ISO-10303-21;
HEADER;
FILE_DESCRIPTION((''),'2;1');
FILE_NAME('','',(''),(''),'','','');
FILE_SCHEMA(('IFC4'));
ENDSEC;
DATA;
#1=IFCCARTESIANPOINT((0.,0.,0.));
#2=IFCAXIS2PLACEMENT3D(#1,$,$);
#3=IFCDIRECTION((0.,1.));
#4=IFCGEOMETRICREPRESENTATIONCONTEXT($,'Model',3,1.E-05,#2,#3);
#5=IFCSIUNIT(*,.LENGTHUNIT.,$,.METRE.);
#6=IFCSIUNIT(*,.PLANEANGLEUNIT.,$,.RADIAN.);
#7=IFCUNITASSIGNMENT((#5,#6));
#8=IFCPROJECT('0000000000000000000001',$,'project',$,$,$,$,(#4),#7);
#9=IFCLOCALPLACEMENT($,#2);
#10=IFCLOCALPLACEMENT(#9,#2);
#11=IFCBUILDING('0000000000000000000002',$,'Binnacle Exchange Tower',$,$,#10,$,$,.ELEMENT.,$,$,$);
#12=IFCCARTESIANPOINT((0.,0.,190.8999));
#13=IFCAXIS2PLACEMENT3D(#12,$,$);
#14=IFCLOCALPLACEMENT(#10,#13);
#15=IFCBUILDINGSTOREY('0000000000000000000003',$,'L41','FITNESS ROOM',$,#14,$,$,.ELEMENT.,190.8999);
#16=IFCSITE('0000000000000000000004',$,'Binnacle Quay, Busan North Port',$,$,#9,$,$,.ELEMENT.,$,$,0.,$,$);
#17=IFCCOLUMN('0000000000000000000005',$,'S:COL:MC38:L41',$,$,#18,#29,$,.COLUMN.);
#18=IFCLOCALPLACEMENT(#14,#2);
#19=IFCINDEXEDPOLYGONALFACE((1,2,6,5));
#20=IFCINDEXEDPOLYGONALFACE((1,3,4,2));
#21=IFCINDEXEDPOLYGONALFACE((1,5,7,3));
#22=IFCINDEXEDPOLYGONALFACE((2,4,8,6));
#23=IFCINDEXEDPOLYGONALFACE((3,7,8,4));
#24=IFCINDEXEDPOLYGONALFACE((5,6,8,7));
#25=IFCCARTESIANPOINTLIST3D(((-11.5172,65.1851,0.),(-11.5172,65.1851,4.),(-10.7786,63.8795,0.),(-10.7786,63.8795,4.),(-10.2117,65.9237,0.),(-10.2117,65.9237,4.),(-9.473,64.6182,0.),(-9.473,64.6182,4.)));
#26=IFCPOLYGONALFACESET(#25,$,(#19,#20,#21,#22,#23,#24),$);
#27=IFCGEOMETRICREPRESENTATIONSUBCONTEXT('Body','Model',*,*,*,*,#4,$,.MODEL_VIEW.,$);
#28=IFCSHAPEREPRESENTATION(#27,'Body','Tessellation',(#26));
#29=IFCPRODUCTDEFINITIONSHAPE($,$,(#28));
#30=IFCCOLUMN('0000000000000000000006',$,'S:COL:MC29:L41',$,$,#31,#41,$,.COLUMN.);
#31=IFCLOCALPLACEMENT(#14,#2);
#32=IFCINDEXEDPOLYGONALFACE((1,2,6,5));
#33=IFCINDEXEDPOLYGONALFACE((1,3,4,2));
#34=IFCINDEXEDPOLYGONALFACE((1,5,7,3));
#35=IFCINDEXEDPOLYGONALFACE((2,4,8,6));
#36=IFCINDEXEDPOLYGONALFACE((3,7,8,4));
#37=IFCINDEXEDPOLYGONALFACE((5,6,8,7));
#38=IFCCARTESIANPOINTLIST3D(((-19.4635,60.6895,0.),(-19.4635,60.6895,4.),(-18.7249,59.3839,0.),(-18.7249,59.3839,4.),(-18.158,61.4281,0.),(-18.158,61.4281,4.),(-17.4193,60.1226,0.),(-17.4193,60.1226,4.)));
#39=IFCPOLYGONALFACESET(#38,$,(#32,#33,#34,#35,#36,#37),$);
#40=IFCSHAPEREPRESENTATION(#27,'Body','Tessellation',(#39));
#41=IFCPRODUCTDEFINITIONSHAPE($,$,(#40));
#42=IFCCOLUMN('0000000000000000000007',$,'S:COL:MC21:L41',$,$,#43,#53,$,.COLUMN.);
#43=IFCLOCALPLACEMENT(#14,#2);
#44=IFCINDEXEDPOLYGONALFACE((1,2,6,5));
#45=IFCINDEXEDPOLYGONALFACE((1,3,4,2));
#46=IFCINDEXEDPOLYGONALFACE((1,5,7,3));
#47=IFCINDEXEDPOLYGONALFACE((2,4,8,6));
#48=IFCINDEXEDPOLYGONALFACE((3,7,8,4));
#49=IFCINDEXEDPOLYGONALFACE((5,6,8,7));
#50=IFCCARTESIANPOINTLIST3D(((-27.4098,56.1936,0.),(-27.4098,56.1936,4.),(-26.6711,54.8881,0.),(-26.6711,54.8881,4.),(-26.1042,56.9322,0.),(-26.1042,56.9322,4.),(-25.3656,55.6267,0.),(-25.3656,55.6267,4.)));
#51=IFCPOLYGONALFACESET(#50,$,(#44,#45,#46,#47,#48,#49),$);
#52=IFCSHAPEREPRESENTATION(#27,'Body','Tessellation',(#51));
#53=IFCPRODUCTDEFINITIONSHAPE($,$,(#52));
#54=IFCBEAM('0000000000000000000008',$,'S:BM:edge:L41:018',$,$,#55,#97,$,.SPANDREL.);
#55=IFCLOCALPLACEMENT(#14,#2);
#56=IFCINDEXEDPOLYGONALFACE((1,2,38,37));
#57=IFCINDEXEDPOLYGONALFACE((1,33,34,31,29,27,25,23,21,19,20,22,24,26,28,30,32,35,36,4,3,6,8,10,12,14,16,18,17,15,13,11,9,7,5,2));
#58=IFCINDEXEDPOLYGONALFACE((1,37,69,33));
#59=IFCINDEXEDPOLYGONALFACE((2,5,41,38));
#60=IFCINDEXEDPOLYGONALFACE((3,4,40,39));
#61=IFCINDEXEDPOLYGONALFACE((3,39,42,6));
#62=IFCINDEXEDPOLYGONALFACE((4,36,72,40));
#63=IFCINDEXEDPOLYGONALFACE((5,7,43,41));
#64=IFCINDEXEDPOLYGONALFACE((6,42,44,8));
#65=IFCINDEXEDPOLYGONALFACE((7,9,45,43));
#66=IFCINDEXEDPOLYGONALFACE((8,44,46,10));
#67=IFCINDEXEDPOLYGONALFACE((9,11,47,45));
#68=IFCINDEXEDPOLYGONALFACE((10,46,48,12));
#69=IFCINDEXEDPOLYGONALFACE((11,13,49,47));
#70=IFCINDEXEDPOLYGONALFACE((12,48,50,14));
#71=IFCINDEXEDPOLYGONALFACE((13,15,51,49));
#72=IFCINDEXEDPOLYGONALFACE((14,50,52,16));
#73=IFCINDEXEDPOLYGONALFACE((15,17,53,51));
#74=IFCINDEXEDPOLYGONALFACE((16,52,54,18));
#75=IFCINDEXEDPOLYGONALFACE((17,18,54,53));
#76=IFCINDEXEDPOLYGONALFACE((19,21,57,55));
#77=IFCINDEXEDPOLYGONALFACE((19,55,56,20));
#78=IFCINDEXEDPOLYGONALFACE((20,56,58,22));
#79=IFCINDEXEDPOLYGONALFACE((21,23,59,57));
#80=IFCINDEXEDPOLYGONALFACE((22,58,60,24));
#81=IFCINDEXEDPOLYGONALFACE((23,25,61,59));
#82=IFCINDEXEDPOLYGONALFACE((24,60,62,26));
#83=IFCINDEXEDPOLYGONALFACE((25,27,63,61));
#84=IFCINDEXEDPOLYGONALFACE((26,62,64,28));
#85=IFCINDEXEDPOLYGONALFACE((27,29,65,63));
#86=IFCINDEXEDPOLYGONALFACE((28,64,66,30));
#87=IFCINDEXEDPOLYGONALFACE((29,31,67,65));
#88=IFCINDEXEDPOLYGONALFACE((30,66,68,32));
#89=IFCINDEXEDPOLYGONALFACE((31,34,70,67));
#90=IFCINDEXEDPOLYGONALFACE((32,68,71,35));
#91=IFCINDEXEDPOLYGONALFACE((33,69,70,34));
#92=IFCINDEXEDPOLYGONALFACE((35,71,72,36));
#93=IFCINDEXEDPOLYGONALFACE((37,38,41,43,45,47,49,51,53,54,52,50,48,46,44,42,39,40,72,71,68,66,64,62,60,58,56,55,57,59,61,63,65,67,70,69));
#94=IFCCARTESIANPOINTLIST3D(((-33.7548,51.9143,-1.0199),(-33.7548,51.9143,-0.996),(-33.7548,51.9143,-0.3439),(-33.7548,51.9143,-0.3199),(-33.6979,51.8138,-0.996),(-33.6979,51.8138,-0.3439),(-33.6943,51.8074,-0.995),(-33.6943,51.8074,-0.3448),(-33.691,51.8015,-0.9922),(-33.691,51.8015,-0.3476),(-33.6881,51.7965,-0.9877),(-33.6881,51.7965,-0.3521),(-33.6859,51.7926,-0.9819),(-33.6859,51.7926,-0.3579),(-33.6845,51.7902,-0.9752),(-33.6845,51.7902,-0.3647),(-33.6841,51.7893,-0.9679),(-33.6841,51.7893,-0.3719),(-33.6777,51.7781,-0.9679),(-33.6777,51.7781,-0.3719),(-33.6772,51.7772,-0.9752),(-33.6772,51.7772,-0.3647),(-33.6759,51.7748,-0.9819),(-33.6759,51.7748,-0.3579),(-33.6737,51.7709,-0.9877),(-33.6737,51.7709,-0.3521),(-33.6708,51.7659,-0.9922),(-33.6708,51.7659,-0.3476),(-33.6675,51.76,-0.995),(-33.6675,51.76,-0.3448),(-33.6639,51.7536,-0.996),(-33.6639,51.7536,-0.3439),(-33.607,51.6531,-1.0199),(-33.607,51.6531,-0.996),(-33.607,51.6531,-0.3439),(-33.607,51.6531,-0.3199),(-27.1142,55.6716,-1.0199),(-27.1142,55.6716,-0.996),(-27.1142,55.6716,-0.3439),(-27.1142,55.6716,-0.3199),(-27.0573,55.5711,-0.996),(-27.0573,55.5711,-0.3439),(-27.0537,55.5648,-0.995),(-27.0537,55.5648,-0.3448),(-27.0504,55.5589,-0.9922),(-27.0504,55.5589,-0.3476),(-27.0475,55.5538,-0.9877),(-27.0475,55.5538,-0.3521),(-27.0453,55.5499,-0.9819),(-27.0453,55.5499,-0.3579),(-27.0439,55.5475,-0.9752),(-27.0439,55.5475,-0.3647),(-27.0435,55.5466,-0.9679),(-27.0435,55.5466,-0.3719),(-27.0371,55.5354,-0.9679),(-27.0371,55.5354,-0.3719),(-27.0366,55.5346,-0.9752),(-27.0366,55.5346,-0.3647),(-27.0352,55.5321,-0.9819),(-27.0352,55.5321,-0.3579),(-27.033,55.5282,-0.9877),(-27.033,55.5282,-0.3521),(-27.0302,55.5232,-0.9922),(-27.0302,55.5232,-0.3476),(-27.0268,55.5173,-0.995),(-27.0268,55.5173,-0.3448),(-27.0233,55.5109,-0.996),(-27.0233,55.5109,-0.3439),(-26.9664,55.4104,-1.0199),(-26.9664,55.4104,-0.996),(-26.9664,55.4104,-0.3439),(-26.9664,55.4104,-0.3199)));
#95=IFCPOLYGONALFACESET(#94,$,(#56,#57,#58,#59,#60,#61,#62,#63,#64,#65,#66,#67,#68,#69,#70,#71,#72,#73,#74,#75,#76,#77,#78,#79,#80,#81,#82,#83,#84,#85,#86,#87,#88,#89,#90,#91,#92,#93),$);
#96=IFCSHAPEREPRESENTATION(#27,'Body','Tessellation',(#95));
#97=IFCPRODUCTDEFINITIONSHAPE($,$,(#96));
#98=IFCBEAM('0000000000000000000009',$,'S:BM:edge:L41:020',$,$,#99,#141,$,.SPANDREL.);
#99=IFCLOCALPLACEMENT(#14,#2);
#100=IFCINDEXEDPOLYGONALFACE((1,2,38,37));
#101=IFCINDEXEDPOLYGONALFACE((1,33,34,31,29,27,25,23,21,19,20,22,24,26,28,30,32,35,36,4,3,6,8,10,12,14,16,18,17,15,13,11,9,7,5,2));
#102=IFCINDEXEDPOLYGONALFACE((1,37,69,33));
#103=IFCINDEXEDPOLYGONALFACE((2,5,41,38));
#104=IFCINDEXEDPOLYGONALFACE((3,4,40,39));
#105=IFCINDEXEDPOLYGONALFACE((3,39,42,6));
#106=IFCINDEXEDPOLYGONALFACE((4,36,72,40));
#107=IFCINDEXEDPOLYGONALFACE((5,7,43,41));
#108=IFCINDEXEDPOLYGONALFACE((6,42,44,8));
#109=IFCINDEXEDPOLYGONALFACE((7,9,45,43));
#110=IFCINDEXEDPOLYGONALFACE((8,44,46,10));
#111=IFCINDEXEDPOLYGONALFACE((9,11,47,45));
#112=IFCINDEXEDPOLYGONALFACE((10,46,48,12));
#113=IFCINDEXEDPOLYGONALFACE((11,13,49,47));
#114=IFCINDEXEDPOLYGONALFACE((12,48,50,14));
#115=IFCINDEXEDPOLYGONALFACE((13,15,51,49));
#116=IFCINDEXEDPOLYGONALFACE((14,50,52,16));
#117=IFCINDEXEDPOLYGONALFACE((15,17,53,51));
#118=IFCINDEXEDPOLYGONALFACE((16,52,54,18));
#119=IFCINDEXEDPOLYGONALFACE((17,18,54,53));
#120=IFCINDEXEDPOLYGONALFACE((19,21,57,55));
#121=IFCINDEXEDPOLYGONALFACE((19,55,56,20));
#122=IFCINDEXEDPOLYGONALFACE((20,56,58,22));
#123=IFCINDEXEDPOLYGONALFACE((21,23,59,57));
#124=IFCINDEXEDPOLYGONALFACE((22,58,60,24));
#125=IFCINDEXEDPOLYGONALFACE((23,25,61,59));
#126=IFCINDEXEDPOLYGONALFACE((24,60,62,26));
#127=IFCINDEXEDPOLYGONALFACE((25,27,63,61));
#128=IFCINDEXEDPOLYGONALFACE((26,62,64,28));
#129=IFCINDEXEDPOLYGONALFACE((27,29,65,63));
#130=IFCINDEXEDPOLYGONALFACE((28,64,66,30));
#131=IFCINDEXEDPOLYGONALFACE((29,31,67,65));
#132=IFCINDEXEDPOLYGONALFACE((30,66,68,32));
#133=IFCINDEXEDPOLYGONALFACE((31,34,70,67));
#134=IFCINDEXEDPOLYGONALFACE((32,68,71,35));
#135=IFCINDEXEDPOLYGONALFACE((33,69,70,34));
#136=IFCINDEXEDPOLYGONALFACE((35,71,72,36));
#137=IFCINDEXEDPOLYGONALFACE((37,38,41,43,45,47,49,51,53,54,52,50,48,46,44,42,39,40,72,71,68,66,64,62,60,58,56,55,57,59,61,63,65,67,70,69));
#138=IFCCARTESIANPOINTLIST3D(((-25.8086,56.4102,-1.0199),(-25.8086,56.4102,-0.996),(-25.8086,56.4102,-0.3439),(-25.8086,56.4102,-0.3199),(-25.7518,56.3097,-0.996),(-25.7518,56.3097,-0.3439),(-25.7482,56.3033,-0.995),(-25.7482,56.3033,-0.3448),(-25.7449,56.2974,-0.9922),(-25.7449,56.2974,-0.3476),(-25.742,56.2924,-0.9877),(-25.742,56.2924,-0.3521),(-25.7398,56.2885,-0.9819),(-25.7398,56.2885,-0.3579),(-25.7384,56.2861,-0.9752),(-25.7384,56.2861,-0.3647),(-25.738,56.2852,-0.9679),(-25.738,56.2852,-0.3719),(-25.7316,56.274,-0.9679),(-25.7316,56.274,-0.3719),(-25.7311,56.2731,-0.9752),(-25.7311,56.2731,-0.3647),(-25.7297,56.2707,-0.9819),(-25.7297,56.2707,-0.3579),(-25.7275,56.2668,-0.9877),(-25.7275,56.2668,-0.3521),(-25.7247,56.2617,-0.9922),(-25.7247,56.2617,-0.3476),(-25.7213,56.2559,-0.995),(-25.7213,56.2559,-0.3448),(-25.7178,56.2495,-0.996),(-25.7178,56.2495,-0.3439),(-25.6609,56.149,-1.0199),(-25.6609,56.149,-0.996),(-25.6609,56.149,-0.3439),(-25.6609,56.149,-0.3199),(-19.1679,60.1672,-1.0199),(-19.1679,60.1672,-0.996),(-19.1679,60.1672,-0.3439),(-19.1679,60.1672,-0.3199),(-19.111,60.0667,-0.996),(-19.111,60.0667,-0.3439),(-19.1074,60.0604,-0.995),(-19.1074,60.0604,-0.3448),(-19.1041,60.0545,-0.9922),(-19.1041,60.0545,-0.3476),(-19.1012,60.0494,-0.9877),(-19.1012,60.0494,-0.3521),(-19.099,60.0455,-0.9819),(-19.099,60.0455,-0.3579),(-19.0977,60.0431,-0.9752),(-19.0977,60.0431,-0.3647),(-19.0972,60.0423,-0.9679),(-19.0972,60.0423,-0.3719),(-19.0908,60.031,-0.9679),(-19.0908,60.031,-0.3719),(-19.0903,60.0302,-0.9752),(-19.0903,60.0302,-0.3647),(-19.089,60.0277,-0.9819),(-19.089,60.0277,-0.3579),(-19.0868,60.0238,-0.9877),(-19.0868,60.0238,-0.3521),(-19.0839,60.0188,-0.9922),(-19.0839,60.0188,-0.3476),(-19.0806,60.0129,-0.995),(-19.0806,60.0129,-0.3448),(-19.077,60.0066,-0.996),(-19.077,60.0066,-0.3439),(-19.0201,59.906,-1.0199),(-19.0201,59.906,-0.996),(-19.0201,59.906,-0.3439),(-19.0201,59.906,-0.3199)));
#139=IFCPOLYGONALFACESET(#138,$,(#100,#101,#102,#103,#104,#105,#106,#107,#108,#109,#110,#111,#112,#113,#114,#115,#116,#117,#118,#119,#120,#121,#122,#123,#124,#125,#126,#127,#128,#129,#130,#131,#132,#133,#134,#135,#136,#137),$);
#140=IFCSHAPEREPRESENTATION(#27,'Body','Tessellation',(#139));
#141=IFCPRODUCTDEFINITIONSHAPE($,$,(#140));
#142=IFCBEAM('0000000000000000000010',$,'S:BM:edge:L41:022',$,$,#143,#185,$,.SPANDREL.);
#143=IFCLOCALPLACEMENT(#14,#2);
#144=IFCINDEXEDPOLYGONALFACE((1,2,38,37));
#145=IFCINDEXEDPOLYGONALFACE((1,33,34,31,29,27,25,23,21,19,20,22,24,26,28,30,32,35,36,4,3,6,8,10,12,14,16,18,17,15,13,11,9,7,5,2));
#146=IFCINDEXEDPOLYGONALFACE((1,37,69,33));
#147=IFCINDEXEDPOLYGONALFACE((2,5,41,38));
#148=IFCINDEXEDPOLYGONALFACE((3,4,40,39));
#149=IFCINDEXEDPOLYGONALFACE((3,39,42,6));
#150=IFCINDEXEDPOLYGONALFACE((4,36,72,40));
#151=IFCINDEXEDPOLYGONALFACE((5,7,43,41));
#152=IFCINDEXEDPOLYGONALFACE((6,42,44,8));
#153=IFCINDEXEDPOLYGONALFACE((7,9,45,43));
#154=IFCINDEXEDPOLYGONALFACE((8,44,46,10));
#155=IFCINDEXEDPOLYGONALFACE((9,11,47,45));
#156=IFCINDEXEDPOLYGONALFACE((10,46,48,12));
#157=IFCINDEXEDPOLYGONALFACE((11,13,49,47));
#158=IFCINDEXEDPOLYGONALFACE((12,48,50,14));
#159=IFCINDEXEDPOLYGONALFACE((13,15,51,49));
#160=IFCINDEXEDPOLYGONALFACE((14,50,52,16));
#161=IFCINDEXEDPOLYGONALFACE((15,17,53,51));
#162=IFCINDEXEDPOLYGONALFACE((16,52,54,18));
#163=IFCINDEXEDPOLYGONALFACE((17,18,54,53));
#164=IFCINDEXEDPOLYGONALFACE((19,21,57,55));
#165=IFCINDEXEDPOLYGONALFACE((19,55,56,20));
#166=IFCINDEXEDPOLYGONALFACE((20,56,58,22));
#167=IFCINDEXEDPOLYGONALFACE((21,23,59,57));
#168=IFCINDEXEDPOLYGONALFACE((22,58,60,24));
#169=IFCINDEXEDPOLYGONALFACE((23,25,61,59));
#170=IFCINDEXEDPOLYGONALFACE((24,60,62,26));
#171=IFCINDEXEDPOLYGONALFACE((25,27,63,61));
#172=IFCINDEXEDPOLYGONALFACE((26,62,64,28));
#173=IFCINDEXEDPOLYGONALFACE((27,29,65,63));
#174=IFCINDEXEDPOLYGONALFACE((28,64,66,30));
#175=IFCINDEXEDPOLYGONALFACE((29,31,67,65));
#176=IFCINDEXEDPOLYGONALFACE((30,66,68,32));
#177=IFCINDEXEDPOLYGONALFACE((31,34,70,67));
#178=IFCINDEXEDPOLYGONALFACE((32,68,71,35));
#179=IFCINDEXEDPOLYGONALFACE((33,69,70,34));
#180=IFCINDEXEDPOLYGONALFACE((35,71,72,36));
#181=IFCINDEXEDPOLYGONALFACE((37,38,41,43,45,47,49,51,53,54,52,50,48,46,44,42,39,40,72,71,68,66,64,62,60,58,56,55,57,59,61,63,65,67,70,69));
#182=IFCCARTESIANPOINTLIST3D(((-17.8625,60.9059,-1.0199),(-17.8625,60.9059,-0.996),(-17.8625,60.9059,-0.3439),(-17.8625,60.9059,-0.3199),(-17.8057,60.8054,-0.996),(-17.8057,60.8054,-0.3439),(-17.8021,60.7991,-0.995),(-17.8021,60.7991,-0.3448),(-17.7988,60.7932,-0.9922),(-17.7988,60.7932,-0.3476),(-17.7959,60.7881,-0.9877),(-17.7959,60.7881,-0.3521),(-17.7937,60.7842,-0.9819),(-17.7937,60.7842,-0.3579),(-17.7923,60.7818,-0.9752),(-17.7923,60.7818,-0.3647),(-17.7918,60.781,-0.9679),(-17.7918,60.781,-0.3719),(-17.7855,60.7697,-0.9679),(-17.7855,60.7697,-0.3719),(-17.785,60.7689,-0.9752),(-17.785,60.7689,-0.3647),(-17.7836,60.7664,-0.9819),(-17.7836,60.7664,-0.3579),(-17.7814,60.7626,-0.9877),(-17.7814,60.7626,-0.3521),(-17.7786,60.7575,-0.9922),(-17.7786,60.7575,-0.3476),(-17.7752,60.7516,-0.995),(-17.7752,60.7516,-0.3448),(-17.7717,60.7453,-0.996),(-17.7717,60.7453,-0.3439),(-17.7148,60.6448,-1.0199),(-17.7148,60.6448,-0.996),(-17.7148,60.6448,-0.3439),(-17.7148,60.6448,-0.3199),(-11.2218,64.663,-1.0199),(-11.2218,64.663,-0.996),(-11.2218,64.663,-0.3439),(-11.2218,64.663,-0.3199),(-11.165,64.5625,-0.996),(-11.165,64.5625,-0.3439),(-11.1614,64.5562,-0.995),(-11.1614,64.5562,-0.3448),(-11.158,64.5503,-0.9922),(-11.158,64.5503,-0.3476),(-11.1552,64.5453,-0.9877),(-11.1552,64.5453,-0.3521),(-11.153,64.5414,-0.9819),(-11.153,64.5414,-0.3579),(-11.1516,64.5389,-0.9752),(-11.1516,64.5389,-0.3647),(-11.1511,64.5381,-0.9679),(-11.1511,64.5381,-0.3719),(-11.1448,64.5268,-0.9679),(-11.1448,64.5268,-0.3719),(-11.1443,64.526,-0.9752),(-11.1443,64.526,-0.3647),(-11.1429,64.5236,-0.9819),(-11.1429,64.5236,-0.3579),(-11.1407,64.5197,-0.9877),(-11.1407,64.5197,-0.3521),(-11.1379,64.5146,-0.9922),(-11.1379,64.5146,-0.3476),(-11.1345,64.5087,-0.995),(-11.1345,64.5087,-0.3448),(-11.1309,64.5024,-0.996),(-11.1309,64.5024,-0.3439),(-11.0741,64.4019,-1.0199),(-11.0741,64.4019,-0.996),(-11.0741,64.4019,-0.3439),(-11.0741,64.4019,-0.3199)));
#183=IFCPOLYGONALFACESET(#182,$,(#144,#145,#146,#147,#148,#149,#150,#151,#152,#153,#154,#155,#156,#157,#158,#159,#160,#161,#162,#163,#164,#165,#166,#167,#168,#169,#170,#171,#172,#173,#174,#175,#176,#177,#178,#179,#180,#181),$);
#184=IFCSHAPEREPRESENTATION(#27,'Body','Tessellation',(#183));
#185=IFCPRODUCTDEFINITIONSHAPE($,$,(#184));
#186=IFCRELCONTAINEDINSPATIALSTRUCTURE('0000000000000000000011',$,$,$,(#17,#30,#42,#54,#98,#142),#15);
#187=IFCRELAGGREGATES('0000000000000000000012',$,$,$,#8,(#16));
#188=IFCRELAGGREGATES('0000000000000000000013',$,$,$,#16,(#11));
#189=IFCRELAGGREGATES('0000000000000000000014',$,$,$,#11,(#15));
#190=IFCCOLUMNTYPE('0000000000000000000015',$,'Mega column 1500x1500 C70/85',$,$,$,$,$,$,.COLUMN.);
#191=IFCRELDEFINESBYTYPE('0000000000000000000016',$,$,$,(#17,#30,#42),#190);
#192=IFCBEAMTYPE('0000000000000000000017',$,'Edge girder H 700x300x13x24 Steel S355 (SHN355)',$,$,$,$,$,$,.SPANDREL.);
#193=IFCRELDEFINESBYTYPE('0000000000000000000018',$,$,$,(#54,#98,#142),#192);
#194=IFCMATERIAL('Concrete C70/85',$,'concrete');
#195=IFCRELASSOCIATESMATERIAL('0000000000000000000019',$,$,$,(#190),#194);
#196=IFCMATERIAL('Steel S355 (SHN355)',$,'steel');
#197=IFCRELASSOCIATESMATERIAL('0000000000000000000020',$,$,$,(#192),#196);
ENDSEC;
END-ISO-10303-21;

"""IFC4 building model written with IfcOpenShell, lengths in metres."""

from ifc_helpers import new_model, si_unit, direction, frame, origin, origin_2d, place, context, subcontext, project, spatial, rectangle, i_section, extrude, material, material_profile, profile_set, type_object, element, save


model = new_model("IFC4")

# Units and contexts
model_context = context("Model", 3, precision=1e-05, world=origin(), true_north=direction((0.0, 1.0)))
body_context = subcontext(model_context, "Body", "Model", "MODEL_VIEW")
ifc_project = project(units=[si_unit("LENGTHUNIT", "METRE"), si_unit("PLANEANGLEUNIT", "RADIAN")], contexts=[model_context])

# Site, building, storey
site_placement = place(None, origin())
site = spatial("IfcSite", under=ifc_project, at=site_placement, Name="Binnacle Quay, Busan North Port", CompositionType="ELEMENT", RefElevation=0.0)
building_placement = place(site_placement, origin())
building = spatial("IfcBuilding", under=site, at=building_placement, Name="Binnacle Exchange Tower", CompositionType="ELEMENT")
storey_placement = place(building_placement, frame((0.0, 0.0, 190.8999)))
storey = spatial("IfcBuildingStorey", under=building, at=storey_placement, Name="L41", Description="FITNESS ROOM", CompositionType="ELEMENT", Elevation=190.8999)

# Columns
ifc_material_1 = material(Name="Concrete C70/85", Category="concrete")
ifc_material_profile_1 = material_profile(ifc_material_1, rectangle(XDim=1.5, YDim=1.5, at=origin_2d()), Name="Mega column 1500x1500 C70/85")
ifc_profile_set_1 = profile_set([ifc_material_profile_1], Name="Concrete C70/85")
column_type = type_object("IfcColumnType", Name="Mega column 1500x1500 C70/85", PredefinedType="COLUMN", material=ifc_profile_set_1)
for number, where, z_axis, x_axis, name in (
    (1, (-10.4951, 64.9016, 0.0), (0.0, 0.0, 1.0), (-0.870356, -0.492424, 0.0), "S:COL:MC38:L41"),
    (2, (-18.4414, 60.406, 0.0), (0.0, 0.0, 1.0), (-0.870356, -0.492424, 0.0), "S:COL:MC29:L41"),
    (3, (-26.3877, 55.9102, 0.0), (0.0, 0.0, 1.0), (-0.870356, -0.492424, 0.0), "S:COL:MC21:L41"),
):
    element("IfcColumn", number, at=place(storey_placement, frame(where, z_axis=z_axis, x_axis=x_axis)), inside=storey, type_object=column_type, Name=name, PredefinedType="COLUMN", context=body_context, shape_type="SweptSolid", body=[
        extrude(rectangle(XDim=1.5, YDim=1.5, at=origin_2d()), origin(), (0.0, 0.0, 1.0), 4.0),
    ])

# Beams
ifc_material_2 = material(Name="Steel S355 (SHN355)", Category="steel")
ifc_material_profile_2 = material_profile(ifc_material_2, i_section(OverallWidth=0.3, OverallDepth=0.7, WebThickness=0.0129, FlangeThickness=0.0239, FilletRadius=0.0281, at=origin_2d()), Name="H 700x300x13x24")
ifc_profile_set_2 = profile_set([ifc_material_profile_2], Name="Steel S355 (SHN355)")
beam_type_1 = type_object("IfcBeamType", Name="Edge girder H 700x300x13x24 Steel S355 (SHN355)", PredefinedType="SPANDREL", material=ifc_profile_set_2)
for number, where, z_axis, x_axis, name in (
    (4, (-27.0403, 55.541, -0.6699), (-0.870342, -0.492447, 0.0), (0.492447, -0.870342, 0.0), "S:BM:edge:L41:018"),
    (5, (-19.094, 60.0366, -0.6699), (-0.870364, -0.492409, 0.0), (0.492409, -0.870364, 0.0), "S:BM:edge:L41:020"),
    (6, (-11.1479, 64.5325, -0.6699), (-0.870356, -0.492423, 0.0), (0.492423, -0.870356, 0.0), "S:BM:edge:L41:022"),
):
    element("IfcBeam", number, at=place(storey_placement, frame(where, z_axis=z_axis, x_axis=x_axis)), inside=storey, type_object=beam_type_1, Name=name, PredefinedType="SPANDREL", context=body_context, shape_type="SweptSolid", body=[
        extrude(i_section(OverallWidth=0.3, OverallDepth=0.7, WebThickness=0.0129, FlangeThickness=0.0239, FilletRadius=0.0281, at=origin_2d()), origin(), (0.0, 0.0, 1.0), 7.6299),
    ])

save(model, "model.ifc")
